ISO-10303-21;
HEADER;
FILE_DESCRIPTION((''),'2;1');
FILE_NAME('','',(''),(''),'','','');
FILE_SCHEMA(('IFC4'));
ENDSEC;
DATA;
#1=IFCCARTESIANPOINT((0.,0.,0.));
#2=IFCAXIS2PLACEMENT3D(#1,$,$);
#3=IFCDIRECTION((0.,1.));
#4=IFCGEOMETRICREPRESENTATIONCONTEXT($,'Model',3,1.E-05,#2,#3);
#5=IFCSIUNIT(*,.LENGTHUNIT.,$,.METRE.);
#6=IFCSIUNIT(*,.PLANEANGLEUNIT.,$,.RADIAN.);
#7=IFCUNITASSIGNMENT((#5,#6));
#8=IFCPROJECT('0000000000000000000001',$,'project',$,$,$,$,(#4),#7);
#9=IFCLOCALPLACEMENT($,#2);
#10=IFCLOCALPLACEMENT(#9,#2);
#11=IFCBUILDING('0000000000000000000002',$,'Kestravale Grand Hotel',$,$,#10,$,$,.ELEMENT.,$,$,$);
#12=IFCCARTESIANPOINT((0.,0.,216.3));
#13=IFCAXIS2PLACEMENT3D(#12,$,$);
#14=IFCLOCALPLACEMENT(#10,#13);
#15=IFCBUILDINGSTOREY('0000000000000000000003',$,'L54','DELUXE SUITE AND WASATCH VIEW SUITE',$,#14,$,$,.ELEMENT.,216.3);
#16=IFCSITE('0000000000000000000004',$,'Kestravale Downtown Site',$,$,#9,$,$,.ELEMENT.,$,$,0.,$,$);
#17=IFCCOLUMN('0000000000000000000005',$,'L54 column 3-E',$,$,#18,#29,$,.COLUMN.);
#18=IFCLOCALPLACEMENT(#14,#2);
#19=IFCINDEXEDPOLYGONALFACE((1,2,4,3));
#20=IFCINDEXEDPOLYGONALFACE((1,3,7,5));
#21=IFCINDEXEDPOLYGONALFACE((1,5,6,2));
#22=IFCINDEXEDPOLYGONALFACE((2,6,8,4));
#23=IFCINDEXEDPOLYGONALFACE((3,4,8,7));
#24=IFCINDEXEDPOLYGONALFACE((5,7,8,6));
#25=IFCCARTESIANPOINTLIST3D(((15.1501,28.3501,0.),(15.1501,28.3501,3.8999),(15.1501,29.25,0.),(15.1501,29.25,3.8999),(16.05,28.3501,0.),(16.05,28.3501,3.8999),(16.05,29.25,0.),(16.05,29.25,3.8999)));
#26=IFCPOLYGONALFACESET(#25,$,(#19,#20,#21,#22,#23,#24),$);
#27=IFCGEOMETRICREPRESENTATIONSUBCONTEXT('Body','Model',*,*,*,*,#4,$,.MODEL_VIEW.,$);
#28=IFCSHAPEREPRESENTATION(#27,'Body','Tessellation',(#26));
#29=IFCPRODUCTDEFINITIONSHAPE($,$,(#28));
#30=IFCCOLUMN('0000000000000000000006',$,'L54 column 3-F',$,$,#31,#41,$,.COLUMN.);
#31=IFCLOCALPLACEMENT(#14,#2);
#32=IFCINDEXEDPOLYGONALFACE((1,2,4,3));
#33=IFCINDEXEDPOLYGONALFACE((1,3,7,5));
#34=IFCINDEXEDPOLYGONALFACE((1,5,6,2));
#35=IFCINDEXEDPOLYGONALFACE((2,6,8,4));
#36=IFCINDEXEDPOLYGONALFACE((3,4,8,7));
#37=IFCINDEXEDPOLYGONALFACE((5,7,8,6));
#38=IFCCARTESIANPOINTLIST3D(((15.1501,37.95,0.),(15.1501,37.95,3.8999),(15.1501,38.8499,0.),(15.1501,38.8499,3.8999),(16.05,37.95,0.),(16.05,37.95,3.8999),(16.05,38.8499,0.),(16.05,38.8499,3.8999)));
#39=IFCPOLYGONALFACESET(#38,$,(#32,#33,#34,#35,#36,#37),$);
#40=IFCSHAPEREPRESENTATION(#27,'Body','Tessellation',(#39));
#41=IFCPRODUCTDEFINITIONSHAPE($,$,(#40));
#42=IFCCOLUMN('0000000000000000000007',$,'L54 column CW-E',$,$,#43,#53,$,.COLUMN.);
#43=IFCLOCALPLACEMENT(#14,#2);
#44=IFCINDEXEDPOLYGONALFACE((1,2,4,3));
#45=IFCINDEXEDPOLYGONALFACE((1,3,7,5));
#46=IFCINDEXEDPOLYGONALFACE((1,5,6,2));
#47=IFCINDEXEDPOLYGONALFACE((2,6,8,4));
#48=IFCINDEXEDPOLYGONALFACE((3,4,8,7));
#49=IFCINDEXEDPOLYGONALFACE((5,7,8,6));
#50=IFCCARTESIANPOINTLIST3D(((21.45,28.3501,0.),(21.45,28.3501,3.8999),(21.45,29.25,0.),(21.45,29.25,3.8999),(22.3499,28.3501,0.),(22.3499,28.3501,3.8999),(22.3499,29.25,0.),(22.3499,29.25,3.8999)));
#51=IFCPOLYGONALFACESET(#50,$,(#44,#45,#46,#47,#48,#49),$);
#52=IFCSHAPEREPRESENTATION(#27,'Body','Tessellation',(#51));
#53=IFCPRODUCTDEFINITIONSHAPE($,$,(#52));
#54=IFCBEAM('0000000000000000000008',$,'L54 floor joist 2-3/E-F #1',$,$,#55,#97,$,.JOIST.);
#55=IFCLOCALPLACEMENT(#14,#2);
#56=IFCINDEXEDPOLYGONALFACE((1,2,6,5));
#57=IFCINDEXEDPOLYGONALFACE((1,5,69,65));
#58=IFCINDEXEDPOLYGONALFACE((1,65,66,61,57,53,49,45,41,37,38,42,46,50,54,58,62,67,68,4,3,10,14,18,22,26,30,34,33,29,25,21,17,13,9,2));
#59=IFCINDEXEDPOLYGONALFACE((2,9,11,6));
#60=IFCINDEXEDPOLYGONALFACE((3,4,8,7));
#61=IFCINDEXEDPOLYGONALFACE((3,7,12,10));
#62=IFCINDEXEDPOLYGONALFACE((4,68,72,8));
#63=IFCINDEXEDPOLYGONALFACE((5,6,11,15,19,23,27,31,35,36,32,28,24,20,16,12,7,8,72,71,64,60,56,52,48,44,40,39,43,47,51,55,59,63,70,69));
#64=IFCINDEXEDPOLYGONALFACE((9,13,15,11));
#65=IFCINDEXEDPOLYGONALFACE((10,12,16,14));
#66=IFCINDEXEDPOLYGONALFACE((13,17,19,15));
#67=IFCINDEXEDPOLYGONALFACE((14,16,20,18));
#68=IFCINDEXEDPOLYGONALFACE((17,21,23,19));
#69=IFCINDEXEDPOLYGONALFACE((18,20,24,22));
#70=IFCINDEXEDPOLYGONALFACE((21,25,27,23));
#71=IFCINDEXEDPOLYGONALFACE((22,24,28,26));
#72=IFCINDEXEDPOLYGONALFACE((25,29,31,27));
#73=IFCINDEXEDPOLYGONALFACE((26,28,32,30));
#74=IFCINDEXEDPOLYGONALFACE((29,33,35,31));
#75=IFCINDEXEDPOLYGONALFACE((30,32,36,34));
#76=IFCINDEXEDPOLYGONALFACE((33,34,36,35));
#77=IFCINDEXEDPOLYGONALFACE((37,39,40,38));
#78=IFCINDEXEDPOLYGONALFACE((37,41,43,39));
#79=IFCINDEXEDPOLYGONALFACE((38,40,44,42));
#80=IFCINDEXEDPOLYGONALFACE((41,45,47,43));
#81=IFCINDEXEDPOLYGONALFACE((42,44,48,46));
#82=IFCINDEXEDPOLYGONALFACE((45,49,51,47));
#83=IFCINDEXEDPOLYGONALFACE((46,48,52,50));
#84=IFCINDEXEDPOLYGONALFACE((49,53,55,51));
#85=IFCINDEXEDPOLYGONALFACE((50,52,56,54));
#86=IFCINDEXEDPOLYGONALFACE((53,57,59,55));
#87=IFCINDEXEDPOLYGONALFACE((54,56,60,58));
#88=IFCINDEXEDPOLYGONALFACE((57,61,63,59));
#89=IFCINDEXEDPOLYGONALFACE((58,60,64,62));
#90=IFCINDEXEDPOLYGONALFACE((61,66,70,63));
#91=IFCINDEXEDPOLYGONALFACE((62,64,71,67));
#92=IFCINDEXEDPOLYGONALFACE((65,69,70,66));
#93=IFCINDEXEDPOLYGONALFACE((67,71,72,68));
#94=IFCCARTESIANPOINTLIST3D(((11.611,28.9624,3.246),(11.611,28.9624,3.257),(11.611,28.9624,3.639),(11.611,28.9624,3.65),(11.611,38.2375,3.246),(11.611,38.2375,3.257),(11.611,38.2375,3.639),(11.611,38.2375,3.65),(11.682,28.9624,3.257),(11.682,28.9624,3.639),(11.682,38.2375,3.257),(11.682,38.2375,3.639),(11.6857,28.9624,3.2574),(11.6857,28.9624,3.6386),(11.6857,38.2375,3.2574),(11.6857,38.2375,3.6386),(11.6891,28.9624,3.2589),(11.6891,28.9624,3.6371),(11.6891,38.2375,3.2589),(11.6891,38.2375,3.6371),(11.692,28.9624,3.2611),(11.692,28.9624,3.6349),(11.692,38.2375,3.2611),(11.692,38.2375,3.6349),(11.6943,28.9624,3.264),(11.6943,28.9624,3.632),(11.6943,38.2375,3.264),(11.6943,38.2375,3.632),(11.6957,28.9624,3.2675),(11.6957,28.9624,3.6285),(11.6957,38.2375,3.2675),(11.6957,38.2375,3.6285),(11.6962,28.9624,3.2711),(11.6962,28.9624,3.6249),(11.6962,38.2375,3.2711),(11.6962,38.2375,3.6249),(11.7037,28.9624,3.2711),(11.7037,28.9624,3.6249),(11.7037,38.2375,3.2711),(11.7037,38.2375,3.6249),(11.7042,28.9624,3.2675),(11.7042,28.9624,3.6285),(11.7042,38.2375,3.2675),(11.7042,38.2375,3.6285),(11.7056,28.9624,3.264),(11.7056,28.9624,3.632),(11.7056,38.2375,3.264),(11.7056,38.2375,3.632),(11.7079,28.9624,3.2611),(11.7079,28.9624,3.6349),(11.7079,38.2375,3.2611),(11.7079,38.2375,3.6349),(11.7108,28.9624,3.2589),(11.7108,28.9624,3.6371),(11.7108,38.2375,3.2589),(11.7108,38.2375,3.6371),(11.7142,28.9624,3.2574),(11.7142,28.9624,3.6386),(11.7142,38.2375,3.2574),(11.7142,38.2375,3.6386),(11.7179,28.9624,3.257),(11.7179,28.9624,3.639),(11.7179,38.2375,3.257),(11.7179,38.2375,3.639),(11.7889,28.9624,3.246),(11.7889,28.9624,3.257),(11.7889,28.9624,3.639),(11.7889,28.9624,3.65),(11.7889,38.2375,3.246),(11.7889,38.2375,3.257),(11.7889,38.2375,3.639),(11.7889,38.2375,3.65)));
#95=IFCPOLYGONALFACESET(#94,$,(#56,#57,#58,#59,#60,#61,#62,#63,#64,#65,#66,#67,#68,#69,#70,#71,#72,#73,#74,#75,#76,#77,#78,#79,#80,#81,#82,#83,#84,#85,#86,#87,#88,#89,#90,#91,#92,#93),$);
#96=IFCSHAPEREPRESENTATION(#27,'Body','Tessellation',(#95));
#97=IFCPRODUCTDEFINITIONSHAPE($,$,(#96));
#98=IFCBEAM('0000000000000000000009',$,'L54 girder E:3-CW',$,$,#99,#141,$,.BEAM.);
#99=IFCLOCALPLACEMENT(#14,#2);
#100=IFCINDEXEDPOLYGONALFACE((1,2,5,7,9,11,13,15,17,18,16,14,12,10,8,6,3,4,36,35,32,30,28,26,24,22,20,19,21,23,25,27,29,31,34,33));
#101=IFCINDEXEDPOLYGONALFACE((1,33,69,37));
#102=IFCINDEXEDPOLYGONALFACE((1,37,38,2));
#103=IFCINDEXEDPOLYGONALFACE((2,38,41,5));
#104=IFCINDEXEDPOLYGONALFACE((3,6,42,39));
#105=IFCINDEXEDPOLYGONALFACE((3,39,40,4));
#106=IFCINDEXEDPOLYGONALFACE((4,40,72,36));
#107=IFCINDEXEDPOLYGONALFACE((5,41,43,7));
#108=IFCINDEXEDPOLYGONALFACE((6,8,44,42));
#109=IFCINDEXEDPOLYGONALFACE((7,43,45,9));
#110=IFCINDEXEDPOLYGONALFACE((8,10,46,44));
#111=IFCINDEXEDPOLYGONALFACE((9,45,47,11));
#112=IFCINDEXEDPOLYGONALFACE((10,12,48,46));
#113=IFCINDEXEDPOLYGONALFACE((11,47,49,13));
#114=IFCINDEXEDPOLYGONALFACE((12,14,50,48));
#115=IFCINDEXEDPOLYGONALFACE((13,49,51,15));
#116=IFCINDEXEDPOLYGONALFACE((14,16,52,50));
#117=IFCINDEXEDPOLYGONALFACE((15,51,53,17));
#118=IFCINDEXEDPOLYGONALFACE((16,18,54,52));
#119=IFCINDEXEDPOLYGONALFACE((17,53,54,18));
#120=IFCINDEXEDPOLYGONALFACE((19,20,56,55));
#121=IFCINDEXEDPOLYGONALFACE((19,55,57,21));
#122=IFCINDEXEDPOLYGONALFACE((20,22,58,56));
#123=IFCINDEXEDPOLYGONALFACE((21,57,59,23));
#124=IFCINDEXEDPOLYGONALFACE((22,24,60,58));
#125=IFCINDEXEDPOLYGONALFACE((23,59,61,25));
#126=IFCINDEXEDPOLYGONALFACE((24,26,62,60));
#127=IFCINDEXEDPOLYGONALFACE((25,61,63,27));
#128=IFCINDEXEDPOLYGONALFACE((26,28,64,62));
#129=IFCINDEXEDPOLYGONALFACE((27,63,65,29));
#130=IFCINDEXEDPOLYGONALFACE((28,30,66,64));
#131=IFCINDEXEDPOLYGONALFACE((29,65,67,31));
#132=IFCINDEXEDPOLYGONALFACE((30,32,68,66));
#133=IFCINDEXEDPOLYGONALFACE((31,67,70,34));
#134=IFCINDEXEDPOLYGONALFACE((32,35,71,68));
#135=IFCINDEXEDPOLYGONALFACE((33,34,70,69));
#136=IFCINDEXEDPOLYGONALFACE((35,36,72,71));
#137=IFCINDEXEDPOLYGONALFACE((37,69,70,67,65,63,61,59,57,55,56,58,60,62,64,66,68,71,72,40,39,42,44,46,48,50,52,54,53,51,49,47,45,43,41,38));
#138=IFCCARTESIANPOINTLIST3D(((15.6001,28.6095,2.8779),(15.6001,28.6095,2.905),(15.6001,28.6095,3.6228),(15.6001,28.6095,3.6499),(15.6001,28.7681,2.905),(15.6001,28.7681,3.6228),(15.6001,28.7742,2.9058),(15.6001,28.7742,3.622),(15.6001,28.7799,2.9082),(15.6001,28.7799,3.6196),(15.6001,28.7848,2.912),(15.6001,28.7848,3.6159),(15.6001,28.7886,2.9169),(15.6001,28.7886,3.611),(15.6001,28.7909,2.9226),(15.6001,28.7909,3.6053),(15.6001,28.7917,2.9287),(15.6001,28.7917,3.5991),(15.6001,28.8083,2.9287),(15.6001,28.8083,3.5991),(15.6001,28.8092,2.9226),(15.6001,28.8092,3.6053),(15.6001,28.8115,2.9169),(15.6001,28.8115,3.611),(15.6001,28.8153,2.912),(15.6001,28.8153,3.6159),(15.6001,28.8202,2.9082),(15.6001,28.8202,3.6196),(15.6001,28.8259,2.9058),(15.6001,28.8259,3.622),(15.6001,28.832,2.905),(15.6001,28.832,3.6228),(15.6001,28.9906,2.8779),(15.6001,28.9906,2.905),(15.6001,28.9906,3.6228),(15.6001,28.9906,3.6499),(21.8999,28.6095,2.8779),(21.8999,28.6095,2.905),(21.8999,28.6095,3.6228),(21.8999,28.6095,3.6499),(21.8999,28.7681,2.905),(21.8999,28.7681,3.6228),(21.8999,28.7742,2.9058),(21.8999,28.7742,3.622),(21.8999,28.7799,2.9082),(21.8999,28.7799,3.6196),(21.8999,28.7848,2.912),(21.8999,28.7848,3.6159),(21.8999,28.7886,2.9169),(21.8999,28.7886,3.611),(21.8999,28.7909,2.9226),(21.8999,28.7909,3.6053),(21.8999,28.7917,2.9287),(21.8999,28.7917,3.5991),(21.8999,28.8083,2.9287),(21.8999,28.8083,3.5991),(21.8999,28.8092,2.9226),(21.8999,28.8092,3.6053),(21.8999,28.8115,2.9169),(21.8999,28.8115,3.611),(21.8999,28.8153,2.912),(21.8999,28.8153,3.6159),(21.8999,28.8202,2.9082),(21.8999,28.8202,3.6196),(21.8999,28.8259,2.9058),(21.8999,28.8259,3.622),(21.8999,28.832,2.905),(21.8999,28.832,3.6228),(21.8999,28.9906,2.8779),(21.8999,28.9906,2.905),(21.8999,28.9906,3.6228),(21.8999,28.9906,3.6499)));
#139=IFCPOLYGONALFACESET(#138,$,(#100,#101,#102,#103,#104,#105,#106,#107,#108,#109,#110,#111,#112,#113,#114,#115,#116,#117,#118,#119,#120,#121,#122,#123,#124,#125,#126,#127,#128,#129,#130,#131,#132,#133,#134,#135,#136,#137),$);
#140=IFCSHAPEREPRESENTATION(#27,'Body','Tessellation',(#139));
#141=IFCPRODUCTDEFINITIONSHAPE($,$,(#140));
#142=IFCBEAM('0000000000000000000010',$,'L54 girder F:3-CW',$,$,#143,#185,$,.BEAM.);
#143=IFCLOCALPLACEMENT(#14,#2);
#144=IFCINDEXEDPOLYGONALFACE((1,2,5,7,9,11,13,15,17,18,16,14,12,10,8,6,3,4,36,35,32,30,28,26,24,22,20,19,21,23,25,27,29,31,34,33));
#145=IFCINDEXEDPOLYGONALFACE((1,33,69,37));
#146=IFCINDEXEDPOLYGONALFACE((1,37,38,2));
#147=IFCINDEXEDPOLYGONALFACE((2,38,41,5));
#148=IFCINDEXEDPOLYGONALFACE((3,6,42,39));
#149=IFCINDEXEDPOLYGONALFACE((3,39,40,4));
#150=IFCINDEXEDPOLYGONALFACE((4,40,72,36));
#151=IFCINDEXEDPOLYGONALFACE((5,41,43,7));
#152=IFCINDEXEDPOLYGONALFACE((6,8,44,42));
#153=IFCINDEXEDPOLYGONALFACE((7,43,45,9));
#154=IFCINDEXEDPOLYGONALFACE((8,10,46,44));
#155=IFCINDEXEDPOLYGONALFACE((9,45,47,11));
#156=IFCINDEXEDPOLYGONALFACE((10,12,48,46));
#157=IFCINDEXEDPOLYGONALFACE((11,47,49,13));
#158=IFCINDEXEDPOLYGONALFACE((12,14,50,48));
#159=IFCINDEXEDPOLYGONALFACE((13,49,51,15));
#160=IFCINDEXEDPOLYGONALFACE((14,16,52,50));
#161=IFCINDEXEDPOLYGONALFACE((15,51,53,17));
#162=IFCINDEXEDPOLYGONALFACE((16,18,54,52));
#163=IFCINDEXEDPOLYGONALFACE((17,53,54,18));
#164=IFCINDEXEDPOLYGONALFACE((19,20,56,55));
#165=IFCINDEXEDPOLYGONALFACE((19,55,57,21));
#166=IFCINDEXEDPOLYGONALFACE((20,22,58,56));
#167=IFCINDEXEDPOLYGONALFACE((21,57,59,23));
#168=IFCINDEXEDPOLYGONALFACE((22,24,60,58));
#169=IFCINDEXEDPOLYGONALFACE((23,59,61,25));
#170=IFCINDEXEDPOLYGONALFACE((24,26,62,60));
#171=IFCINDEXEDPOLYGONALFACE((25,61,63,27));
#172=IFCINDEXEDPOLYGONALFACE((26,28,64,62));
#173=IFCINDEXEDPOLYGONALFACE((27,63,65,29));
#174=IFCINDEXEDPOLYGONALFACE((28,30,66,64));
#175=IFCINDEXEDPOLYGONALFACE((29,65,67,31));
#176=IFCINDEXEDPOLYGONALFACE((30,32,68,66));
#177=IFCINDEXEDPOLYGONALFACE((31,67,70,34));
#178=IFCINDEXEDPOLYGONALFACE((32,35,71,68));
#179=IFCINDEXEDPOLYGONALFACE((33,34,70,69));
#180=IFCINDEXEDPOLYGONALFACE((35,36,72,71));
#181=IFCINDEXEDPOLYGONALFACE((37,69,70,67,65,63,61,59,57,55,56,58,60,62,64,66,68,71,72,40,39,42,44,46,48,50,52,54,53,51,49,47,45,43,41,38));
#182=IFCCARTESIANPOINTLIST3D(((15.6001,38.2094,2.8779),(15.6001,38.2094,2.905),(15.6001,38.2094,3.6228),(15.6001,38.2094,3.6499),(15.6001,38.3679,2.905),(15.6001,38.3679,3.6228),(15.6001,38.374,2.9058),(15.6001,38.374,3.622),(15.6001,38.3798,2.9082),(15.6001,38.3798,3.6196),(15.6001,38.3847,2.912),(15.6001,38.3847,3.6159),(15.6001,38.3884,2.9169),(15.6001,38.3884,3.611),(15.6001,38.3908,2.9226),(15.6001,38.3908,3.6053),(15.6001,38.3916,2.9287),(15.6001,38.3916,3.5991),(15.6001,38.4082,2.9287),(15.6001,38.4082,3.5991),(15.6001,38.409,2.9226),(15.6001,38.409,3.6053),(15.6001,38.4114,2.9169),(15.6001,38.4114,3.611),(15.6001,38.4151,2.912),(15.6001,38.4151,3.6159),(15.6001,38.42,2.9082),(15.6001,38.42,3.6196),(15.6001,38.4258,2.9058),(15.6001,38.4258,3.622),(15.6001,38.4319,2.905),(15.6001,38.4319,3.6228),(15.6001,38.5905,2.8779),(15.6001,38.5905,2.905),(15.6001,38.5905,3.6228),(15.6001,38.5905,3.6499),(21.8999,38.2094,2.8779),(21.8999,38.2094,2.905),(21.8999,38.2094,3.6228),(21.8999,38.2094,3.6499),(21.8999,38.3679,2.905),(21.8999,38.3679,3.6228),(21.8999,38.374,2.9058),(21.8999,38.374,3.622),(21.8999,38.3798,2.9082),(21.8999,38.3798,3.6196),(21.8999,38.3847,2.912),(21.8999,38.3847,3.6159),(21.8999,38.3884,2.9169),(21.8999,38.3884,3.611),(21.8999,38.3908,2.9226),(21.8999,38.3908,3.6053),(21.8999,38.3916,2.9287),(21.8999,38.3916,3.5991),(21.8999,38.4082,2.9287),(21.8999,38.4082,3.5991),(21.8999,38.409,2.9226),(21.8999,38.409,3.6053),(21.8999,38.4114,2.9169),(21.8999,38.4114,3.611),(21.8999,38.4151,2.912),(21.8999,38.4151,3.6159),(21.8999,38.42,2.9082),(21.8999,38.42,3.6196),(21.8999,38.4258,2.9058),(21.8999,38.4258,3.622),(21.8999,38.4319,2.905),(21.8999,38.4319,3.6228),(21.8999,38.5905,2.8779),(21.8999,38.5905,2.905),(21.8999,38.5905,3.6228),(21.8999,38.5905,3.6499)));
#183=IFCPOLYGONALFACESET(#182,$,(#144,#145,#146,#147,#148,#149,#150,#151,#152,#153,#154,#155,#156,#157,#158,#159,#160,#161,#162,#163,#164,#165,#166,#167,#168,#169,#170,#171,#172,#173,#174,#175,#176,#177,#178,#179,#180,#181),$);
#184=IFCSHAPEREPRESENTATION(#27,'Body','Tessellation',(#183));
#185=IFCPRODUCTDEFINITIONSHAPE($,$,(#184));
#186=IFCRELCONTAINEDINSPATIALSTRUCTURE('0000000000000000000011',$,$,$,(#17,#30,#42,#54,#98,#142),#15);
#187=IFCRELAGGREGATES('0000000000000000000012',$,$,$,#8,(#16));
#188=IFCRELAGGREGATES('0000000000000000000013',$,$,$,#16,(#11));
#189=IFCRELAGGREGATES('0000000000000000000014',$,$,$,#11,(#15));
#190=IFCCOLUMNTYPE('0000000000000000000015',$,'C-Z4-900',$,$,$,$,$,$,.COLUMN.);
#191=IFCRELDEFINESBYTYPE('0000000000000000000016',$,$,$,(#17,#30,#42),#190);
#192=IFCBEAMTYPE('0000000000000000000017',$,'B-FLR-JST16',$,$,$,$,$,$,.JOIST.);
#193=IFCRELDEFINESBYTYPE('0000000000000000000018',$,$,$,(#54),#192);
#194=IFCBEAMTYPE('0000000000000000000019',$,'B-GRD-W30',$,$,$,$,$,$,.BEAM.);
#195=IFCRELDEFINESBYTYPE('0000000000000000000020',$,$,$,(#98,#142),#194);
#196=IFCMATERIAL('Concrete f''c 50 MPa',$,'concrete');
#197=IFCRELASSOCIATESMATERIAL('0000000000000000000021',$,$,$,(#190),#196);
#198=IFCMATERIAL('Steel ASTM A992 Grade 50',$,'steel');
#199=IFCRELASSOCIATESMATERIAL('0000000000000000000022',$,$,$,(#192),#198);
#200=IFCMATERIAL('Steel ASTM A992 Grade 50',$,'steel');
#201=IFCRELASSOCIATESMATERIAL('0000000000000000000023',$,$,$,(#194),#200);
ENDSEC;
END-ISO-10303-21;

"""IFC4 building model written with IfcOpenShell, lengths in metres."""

from ifc_helpers import new_model, si_unit, direction, frame, origin, origin_2d, place, context, subcontext, project, spatial, rectangle, i_section, extrude, material, material_profile, profile_set, type_object, element, save


model = new_model("IFC4")

# Units and contexts
model_context = context("Model", 3, precision=1e-05, world=origin(), true_north=direction((0.0, 1.0)))
body_context = subcontext(model_context, "Body", "Model", "MODEL_VIEW")
ifc_project = project(units=[si_unit("LENGTHUNIT", "METRE"), si_unit("PLANEANGLEUNIT", "RADIAN")], contexts=[model_context])

# Site, building, storey
site_placement = place(None, origin())
site = spatial("IfcSite", under=ifc_project, at=site_placement, Name="Kestravale Downtown Site", CompositionType="ELEMENT", RefElevation=0.0)
building_placement = place(site_placement, origin())
building = spatial("IfcBuilding", under=site, at=building_placement, Name="Kestravale Grand Hotel", CompositionType="ELEMENT")
storey_placement = place(building_placement, frame((0.0, 0.0, 216.3)))
storey = spatial("IfcBuildingStorey", under=building, at=storey_placement, Name="L54", Description="DELUXE SUITE AND WASATCH VIEW SUITE", CompositionType="ELEMENT", Elevation=216.3)

# Columns
ifc_material_1 = material(Name="Concrete f'c 50 MPa", Category="concrete")
ifc_material_profile_1 = material_profile(ifc_material_1, rectangle(XDim=0.8999, YDim=0.8999, at=origin_2d()))
ifc_profile_set_1 = profile_set([ifc_material_profile_1], Name="Concrete f'c 50 MPa")
column_type = type_object("IfcColumnType", Name="C-Z4-900", PredefinedType="COLUMN", material=ifc_profile_set_1)
for number, where, z_axis, x_axis, name in (
    (1, (15.6001, 28.8, 0.0), (0.0, 0.0, 1.0), (1.0, 0.0, 0.0), "L54 column 3-E"),
    (2, (15.6001, 38.3999, 0.0), (0.0, 0.0, 1.0), (1.0, 0.0, 0.0), "L54 column 3-F"),
    (3, (21.8999, 28.8, 0.0), (0.0, 0.0, 1.0), (1.0, 0.0, 0.0), "L54 column CW-E"),
):
    element("IfcColumn", number, at=place(storey_placement, frame(where, z_axis=z_axis, x_axis=x_axis)), inside=storey, type_object=column_type, Name=name, PredefinedType="COLUMN", context=body_context, shape_type="SweptSolid", body=[
        extrude(rectangle(XDim=0.8999, YDim=0.8999, at=origin_2d()), origin(), (0.0, 0.0, 1.0), 3.8999),
    ])

# Beams
ifc_material_2 = material(Name="Steel ASTM A992 Grade 50", Category="steel")
ifc_material_profile_2 = material_profile(ifc_material_2, i_section(OverallWidth=0.178, OverallDepth=0.4041, WebThickness=0.0076, FlangeThickness=0.011, FilletRadius=0.0142, at=origin_2d()))
ifc_profile_set_2 = profile_set([ifc_material_profile_2], Name="Steel ASTM A992 Grade 50")
beam_type_1 = type_object("IfcBeamType", Name="B-FLR-JST16", PredefinedType="JOIST", material=ifc_profile_set_2)
beam_1_placement = place(storey_placement, frame((11.7, 28.9624, 3.448), z_axis=(0.0, 1.0, 0.0), x_axis=(-1.0, 0.0, 0.0)))
element("IfcBeam", 4, at=beam_1_placement, inside=storey, type_object=beam_type_1, Name="L54 floor joist 2-3/E-F #1", PredefinedType="JOIST", context=body_context, shape_type="SweptSolid", body=[
    extrude(i_section(OverallWidth=0.178, OverallDepth=0.4041, WebThickness=0.0076, FlangeThickness=0.011, FilletRadius=0.0142, at=origin_2d()), origin(), (0.0, 0.0, 1.0), 9.2751),
])
ifc_material_3 = material(Name="Steel ASTM A992 Grade 50", Category="steel")
ifc_material_profile_3 = material_profile(ifc_material_3, i_section(OverallWidth=0.3811, OverallDepth=0.772, WebThickness=0.0166, FlangeThickness=0.0271, FilletRadius=0.0237, at=origin_2d()))
ifc_profile_set_3 = profile_set([ifc_material_profile_3], Name="Steel ASTM A992 Grade 50")
beam_type_2 = type_object("IfcBeamType", Name="B-GRD-W30", PredefinedType="BEAM", material=ifc_profile_set_3)
for number, where, z_axis, x_axis, name in (
    (5, (15.6001, 28.8, 3.2639), (1.0, 0.0, 0.0), (0.0, 1.0, 0.0), "L54 girder E:3-CW"),
    (6, (15.6001, 38.3999, 3.2639), (1.0, 0.0, 0.0), (0.0, 1.0, 0.0), "L54 girder F:3-CW"),
):
    element("IfcBeam", number, at=place(storey_placement, frame(where, z_axis=z_axis, x_axis=x_axis)), inside=storey, type_object=beam_type_2, Name=name, PredefinedType="BEAM", context=body_context, shape_type="SweptSolid", body=[
        extrude(i_section(OverallWidth=0.3811, OverallDepth=0.772, WebThickness=0.0166, FlangeThickness=0.0271, FilletRadius=0.0237, at=origin_2d()), origin(), (0.0, 0.0, 1.0), 6.2998),
    ])

save(model, "model.ifc")
